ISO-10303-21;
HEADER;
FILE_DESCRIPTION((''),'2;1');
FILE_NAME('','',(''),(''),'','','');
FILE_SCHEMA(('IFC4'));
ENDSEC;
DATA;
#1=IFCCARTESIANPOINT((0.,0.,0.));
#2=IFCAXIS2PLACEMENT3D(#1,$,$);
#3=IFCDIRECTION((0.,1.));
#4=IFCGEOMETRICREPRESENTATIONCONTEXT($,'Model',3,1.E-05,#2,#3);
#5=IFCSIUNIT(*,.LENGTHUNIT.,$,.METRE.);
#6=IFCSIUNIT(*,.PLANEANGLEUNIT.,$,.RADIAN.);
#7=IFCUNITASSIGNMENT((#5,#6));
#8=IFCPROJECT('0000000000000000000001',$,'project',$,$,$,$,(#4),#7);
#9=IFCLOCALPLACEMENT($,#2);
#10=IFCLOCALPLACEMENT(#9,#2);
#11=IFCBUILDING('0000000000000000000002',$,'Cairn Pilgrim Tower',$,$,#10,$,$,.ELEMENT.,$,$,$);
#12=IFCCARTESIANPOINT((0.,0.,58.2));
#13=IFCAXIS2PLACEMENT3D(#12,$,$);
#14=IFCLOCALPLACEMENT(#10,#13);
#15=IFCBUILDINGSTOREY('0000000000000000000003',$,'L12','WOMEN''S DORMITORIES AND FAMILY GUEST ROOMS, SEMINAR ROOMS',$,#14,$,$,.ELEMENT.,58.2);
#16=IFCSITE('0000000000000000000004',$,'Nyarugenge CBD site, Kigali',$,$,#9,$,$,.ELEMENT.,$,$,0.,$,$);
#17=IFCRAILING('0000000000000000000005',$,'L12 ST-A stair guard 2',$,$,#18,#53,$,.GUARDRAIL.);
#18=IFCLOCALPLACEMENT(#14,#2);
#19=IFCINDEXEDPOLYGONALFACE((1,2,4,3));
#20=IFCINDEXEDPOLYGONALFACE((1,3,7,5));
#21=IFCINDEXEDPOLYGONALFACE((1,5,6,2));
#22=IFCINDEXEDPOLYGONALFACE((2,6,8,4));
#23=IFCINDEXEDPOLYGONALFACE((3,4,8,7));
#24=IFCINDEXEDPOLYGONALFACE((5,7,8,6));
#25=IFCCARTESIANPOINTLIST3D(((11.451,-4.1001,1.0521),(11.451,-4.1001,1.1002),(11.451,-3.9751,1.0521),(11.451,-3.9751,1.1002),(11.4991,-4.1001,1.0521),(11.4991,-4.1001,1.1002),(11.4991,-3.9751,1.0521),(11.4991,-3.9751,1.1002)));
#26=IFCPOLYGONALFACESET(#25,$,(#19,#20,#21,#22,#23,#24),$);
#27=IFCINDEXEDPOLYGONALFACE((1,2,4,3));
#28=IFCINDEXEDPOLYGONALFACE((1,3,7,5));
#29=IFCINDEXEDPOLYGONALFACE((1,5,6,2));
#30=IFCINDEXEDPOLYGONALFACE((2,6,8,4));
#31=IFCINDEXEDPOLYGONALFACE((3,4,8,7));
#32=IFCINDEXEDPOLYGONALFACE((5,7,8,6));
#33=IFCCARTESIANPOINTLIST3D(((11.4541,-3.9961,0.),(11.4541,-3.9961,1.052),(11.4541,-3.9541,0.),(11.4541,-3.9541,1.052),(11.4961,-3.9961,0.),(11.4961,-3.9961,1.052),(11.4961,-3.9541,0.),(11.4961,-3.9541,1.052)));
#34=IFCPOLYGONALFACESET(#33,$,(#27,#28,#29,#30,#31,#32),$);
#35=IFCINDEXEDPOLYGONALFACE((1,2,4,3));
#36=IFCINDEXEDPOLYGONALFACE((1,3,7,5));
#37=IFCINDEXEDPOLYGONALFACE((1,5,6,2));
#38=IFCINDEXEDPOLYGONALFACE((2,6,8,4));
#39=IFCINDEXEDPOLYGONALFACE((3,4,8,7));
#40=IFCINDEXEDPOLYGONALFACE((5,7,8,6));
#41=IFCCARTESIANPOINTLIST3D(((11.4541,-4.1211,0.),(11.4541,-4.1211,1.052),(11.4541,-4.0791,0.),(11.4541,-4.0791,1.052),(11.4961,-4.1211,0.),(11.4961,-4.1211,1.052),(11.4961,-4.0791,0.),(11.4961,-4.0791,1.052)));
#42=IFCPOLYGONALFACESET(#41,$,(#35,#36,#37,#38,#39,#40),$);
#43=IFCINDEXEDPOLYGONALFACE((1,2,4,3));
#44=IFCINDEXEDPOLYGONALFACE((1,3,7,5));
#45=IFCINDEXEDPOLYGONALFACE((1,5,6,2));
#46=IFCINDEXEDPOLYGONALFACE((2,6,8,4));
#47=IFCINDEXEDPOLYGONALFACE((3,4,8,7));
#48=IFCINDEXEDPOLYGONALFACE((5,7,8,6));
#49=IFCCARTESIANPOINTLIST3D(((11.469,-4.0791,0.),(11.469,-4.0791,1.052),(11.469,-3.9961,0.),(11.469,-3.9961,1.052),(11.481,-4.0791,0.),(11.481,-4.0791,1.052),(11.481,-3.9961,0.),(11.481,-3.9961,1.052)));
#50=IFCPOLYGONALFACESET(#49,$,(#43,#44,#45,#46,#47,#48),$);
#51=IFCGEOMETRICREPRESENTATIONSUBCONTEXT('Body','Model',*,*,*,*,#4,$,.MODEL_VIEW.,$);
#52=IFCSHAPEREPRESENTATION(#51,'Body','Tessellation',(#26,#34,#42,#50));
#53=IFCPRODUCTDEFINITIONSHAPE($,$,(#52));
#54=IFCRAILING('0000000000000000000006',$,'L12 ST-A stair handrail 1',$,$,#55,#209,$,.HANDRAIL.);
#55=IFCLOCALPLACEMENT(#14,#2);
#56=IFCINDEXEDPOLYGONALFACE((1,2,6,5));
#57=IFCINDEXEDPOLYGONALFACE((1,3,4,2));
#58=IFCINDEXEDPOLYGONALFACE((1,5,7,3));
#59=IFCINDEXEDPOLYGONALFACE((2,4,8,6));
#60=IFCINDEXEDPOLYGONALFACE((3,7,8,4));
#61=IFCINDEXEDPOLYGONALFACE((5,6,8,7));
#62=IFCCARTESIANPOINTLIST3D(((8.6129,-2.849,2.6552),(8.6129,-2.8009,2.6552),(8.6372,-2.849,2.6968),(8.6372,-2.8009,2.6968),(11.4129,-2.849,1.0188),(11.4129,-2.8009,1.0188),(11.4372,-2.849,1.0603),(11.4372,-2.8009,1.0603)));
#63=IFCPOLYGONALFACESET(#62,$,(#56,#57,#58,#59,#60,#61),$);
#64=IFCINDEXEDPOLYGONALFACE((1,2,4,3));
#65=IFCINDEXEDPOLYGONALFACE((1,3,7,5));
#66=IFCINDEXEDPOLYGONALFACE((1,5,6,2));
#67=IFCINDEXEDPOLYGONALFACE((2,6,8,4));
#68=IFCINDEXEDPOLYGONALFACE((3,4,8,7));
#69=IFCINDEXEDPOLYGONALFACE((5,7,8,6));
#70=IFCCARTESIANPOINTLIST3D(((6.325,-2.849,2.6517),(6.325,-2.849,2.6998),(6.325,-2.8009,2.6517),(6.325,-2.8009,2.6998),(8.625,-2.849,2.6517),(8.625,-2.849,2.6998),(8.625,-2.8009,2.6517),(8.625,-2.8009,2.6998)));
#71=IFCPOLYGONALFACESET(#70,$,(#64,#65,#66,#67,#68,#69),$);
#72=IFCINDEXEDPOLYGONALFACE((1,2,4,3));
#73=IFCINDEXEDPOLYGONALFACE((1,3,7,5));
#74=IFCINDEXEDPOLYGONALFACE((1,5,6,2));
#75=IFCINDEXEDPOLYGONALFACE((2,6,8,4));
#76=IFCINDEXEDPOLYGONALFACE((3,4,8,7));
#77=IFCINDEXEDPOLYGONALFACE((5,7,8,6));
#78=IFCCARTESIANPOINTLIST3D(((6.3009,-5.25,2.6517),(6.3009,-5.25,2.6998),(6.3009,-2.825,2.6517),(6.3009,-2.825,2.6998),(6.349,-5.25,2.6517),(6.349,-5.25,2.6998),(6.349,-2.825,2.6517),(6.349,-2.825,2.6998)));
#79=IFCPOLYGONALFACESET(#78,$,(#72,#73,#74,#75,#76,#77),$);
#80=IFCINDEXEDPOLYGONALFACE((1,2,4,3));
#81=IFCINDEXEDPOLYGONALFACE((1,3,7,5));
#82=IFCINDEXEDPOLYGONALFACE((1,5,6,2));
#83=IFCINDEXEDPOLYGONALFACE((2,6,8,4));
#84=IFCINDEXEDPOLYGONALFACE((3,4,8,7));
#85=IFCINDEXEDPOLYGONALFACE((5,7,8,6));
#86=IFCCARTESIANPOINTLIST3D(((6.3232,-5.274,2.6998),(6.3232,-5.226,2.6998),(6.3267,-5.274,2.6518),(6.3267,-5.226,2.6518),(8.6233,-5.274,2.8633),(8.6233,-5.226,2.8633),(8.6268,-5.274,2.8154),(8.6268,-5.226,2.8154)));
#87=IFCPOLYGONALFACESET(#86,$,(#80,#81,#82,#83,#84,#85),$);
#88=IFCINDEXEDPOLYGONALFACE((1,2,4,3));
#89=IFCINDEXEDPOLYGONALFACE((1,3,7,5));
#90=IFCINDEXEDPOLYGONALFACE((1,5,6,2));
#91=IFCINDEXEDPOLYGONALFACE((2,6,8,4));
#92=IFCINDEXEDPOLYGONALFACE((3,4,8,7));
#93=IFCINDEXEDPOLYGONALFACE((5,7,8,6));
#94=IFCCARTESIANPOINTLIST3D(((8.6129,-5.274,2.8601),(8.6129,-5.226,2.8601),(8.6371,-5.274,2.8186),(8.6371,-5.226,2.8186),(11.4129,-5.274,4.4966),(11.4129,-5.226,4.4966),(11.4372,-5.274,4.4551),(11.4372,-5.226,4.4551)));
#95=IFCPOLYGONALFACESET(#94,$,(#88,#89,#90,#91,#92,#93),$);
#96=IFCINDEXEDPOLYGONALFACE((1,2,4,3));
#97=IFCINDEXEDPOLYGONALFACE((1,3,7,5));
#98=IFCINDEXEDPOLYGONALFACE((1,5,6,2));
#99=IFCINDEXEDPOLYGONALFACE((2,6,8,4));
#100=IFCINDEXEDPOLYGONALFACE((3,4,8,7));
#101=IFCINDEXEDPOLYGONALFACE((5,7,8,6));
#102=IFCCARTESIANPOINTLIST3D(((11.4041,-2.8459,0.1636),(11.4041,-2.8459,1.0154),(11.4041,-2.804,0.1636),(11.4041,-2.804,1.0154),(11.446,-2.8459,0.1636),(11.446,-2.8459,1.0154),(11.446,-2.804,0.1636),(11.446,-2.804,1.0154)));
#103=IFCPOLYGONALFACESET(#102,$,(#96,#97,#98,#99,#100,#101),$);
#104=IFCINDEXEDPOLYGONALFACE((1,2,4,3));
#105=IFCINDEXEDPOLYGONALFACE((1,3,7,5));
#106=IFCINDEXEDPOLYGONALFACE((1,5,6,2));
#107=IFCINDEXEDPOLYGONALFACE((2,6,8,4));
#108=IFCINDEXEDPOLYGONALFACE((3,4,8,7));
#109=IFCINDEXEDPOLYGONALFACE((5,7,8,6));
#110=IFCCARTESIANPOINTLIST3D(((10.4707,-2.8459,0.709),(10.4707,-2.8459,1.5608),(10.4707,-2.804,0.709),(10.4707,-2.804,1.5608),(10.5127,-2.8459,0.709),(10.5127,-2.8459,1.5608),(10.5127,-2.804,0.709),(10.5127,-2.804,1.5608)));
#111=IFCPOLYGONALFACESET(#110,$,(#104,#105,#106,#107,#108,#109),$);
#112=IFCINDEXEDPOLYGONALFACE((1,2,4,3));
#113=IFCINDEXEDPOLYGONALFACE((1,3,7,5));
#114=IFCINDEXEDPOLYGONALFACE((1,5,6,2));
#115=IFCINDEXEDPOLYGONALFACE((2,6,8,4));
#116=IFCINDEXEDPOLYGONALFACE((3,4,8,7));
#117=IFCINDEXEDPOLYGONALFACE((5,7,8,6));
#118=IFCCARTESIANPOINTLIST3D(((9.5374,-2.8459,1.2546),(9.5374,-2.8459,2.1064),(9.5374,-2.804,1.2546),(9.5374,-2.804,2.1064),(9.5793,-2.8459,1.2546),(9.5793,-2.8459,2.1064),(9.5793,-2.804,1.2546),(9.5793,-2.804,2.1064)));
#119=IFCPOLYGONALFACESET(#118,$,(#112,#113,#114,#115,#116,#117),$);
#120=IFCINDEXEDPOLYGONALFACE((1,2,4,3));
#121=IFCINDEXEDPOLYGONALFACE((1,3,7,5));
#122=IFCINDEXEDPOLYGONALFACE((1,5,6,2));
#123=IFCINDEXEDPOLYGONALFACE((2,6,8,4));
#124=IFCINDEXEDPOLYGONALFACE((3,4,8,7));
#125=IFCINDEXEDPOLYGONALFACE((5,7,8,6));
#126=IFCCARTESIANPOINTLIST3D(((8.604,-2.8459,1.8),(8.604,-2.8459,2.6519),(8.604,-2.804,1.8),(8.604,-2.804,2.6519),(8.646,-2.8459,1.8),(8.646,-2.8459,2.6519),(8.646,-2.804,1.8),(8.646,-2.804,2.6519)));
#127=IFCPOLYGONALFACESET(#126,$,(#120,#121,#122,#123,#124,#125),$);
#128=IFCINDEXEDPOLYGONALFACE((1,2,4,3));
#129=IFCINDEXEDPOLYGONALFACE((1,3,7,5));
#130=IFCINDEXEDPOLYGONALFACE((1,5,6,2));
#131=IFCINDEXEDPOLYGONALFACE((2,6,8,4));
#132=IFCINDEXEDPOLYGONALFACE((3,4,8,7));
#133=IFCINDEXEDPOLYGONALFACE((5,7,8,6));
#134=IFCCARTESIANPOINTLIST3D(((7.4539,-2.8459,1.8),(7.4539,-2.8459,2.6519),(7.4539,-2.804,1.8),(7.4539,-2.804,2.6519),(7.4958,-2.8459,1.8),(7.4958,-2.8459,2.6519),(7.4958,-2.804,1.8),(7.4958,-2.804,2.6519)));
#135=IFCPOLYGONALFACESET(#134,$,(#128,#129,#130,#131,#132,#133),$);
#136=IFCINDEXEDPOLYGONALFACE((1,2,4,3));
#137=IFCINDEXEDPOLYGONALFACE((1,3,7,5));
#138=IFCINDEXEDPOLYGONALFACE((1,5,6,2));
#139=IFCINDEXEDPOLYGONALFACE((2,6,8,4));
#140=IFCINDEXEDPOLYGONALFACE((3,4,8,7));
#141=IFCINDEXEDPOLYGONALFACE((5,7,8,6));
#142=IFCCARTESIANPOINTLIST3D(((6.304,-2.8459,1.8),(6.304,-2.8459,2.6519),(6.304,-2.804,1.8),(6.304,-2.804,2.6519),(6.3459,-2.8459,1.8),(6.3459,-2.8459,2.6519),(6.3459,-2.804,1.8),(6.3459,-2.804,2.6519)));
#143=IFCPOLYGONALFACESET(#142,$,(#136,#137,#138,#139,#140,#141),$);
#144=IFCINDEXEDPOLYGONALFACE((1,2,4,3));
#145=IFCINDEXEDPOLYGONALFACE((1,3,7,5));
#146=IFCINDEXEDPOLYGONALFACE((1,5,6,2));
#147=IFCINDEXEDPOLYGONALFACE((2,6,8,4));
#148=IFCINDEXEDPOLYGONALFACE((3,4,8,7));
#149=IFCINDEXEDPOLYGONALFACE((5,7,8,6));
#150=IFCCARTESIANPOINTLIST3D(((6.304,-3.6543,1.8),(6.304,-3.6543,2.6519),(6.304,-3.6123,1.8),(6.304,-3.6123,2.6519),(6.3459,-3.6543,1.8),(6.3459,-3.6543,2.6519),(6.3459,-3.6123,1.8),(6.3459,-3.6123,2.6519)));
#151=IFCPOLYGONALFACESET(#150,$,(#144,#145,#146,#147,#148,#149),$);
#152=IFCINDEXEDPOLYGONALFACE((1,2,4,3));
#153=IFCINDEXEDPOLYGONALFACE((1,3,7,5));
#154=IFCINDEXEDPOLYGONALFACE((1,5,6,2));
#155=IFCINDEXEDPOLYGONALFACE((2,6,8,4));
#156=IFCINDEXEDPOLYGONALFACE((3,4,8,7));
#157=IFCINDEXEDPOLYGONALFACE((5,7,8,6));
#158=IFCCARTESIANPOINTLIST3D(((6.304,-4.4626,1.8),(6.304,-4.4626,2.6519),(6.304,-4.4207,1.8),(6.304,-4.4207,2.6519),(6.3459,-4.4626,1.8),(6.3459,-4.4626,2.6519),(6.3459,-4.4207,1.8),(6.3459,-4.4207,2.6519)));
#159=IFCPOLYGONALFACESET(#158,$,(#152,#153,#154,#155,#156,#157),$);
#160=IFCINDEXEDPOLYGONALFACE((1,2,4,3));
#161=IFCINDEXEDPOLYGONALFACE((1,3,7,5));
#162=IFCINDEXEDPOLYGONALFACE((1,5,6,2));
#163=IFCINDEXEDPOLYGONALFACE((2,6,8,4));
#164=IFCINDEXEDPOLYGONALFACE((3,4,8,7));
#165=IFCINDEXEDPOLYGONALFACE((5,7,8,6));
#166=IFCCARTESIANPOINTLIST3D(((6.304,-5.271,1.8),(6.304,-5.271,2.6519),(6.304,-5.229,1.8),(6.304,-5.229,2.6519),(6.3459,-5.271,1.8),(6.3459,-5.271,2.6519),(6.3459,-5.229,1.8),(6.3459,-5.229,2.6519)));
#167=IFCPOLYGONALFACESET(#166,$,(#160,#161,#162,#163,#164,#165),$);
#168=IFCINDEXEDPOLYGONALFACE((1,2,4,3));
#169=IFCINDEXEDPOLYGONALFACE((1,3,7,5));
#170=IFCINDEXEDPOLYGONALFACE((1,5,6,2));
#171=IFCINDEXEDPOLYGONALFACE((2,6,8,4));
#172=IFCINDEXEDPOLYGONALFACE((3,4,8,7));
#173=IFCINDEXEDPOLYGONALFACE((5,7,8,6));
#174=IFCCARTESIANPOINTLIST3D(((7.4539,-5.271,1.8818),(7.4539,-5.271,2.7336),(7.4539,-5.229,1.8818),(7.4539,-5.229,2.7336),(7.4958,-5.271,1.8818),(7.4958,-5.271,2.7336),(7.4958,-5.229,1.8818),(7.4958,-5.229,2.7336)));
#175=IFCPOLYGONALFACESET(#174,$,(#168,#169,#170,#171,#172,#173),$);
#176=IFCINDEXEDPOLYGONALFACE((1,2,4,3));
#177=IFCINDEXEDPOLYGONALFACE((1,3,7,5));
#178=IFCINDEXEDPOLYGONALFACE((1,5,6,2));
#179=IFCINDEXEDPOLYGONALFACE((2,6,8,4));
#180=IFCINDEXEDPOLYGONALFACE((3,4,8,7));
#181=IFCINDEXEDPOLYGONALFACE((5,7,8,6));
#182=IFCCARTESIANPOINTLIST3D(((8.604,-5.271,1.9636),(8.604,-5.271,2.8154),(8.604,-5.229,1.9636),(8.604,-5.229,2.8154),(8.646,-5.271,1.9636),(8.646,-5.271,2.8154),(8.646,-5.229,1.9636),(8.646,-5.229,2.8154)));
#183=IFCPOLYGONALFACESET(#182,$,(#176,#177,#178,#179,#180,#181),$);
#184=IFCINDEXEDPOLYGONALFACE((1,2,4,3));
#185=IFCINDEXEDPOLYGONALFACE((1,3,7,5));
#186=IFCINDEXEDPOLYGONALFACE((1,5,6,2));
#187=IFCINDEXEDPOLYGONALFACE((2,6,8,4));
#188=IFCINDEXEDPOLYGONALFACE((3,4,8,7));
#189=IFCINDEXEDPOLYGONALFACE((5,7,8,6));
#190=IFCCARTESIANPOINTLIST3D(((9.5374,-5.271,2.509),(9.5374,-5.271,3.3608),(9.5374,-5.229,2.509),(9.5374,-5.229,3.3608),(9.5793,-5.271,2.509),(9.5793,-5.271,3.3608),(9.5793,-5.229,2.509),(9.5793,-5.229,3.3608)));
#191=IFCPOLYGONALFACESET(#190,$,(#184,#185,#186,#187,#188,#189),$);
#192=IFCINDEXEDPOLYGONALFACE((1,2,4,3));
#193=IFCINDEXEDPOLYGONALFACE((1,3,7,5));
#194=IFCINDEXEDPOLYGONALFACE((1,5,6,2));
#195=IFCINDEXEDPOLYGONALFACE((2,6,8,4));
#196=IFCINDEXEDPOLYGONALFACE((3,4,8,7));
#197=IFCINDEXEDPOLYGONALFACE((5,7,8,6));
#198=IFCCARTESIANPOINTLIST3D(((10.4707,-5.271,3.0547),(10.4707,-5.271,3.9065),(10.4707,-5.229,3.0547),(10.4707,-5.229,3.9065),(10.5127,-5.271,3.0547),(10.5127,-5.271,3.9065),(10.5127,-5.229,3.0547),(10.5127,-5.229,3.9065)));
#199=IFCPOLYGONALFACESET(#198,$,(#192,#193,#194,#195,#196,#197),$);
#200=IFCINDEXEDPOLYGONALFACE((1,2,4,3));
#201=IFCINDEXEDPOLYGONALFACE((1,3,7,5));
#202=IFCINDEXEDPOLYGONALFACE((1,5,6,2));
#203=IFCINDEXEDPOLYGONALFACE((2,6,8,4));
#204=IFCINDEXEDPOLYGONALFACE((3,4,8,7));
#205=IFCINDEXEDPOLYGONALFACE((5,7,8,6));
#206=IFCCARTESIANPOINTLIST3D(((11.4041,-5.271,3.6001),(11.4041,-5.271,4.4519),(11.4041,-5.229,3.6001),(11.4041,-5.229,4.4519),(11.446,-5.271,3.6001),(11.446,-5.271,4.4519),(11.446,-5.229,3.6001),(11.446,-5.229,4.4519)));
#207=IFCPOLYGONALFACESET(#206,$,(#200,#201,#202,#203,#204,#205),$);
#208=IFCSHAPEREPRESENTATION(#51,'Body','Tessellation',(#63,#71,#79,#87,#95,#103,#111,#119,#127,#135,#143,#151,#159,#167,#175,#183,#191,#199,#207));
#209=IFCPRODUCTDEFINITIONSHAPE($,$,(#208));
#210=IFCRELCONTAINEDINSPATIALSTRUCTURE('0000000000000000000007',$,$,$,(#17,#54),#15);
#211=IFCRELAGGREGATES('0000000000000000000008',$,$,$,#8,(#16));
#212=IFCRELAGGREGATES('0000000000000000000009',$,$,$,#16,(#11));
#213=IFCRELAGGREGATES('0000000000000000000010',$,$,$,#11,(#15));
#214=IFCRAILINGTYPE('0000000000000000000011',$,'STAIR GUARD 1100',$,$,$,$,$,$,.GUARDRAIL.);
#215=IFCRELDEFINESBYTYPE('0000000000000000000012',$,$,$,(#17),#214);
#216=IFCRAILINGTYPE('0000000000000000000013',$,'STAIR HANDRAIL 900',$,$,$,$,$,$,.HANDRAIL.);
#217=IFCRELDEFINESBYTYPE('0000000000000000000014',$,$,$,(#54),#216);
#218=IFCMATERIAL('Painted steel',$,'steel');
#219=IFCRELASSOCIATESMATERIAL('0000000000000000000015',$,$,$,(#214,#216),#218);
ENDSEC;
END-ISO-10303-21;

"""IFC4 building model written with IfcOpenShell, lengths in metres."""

from ifc_helpers import new_model, si_unit, direction, frame, origin, origin_2d, place, context, subcontext, project, spatial, polyline, rectangle, outline, extrude, material, type_object, element, save


model = new_model("IFC4")

# Units and contexts
model_context = context("Model", 3, precision=1e-05, world=origin(), true_north=direction((0.0, 1.0)))
body_context = subcontext(model_context, "Body", "Model", "MODEL_VIEW")
ifc_project = project(units=[si_unit("LENGTHUNIT", "METRE"), si_unit("PLANEANGLEUNIT", "RADIAN")], contexts=[model_context])

# Site, building, storey
site_placement = place(None, origin())
site = spatial("IfcSite", under=ifc_project, at=site_placement, Name="Nyarugenge CBD site, Kigali", CompositionType="ELEMENT", RefElevation=0.0)
building_placement = place(site_placement, origin())
building = spatial("IfcBuilding", under=site, at=building_placement, Name="Cairn Pilgrim Tower", CompositionType="ELEMENT")
storey_placement = place(building_placement, frame((0.0, 0.0, 58.2)))
storey = spatial("IfcBuildingStorey", under=building, at=storey_placement, Name="L12", Description="WOMEN'S DORMITORIES AND FAMILY GUEST ROOMS, SEMINAR ROOMS", CompositionType="ELEMENT", Elevation=58.2)

# Shared definitions
ifc_material_1 = material(Name="Painted steel", Category="steel")

# Railings
railing_type_1 = type_object("IfcRailingType", Name="STAIR GUARD 1100", PredefinedType="GUARDRAIL", material=ifc_material_1)
railing_1_placement = place(storey_placement, frame((11.4751, -3.9751, 0.0)))
element("IfcRailing", 1, at=railing_1_placement, inside=storey, type_object=railing_type_1, Name="L12 ST-A stair guard 2", PredefinedType="GUARDRAIL", context=body_context, shape_type="SweptSolid", body=[
    extrude(rectangle(XDim=0.0481, YDim=0.0481, at=origin_2d()), frame((0.0, 0.0, 1.0762), z_axis=(0.0, -1.0, 0.0), x_axis=(1.0, 0.0, 0.0)), (0.0, 0.0, 1.0), 0.125),
    extrude(rectangle(XDim=0.042, YDim=0.042, at=origin_2d()), origin(), (0.0, 0.0, 1.0), 1.052),
    extrude(rectangle(XDim=0.042, YDim=0.042, at=origin_2d()), frame((0.0, -0.125, 0.0)), (0.0, 0.0, 1.0), 1.052),
    extrude(outline(polyline([(0.021, 0.0), (0.104, 0.0), (0.104, 1.052), (0.021, 1.052), (0.021, 0.0)])), frame((0.0059, 0.0, 0.0), z_axis=(-1.0, 0.0, 0.0), x_axis=(0.0, -1.0, 0.0)), (0.0, 0.0, 1.0), 0.012),
])
railing_type_2 = type_object("IfcRailingType", Name="STAIR HANDRAIL 900", PredefinedType="HANDRAIL", material=ifc_material_1)
railing_2_placement = place(storey_placement, frame((11.425, -2.825, 0.1636)))
element("IfcRailing", 2, at=railing_2_placement, inside=storey, type_object=railing_type_2, Name="L12 ST-A stair handrail 1", PredefinedType="HANDRAIL", context=body_context, shape_type="SweptSolid", body=[
    extrude(rectangle(XDim=0.0481, YDim=0.0481, at=origin_2d()), frame((0.0, 0.0, 0.876), z_axis=(-0.863361, 0.0, 0.504587), x_axis=(0.0, -1.0, 0.0)), (0.0, 0.0, 1.0), 3.2432),
    extrude(rectangle(XDim=0.0481, YDim=0.0481, at=origin_2d()), frame((-2.8, 0.0, 2.5122), z_axis=(-1.0, 0.0, 0.0), x_axis=(0.0, -1.0, 0.0)), (0.0, 0.0, 1.0), 2.3),
    extrude(rectangle(XDim=0.0481, YDim=0.0481, at=origin_2d()), frame((-5.1001, 0.0, 2.5122), z_axis=(0.0, -1.0, 0.0), x_axis=(1.0, 0.0, 0.0)), (0.0, 0.0, 1.0), 2.425),
    extrude(rectangle(XDim=0.0481, YDim=0.0481, at=origin_2d()), frame((-5.1001, -2.425, 2.5122), z_axis=(0.997481, 0.0, 0.070939), x_axis=(0.0, 1.0, 0.0)), (0.0, 0.0, 1.0), 2.3059),
    extrude(rectangle(XDim=0.0481, YDim=0.0481, at=origin_2d()), frame((-2.8, -2.425, 2.6758), z_axis=(0.863361, 0.0, 0.504587), x_axis=(0.0, 1.0, 0.0)), (0.0, 0.0, 1.0), 3.2432),
    extrude(rectangle(XDim=0.042, YDim=0.042, at=origin_2d()), origin(), (0.0, 0.0, 1.0), 0.8518),
    extrude(rectangle(XDim=0.042, YDim=0.042, at=origin_2d()), frame((-0.9333, 0.0, 0.5454)), (0.0, 0.0, 1.0), 0.8518),
    extrude(rectangle(XDim=0.042, YDim=0.042, at=origin_2d()), frame((-1.8667, 0.0, 1.0911)), (0.0, 0.0, 1.0), 0.8518),
    extrude(rectangle(XDim=0.042, YDim=0.042, at=origin_2d()), frame((-2.8, 0.0, 1.6365)), (0.0, 0.0, 1.0), 0.8518),
    extrude(rectangle(XDim=0.042, YDim=0.042, at=origin_2d()), frame((-3.9502, 0.0, 1.6365)), (0.0, 0.0, 1.0), 0.8518),
    extrude(rectangle(XDim=0.042, YDim=0.042, at=origin_2d()), frame((-5.1001, 0.0, 1.6365)), (0.0, 0.0, 1.0), 0.8518),
    extrude(rectangle(XDim=0.042, YDim=0.042, at=origin_2d()), frame((-5.1001, -0.8083, 1.6365)), (0.0, 0.0, 1.0), 0.8518),
    extrude(rectangle(XDim=0.042, YDim=0.042, at=origin_2d()), frame((-5.1001, -1.6167, 1.6365)), (0.0, 0.0, 1.0), 0.8518),
    extrude(rectangle(XDim=0.042, YDim=0.042, at=origin_2d()), frame((-5.1001, -2.425, 1.6365)), (0.0, 0.0, 1.0), 0.8518),
    extrude(rectangle(XDim=0.042, YDim=0.042, at=origin_2d()), frame((-3.9502, -2.425, 1.7183)), (0.0, 0.0, 1.0), 0.8518),
    extrude(rectangle(XDim=0.042, YDim=0.042, at=origin_2d()), frame((-2.8, -2.425, 1.8)), (0.0, 0.0, 1.0), 0.8518),
    extrude(rectangle(XDim=0.042, YDim=0.042, at=origin_2d()), frame((-1.8667, -2.425, 2.3455)), (0.0, 0.0, 1.0), 0.8518),
    extrude(rectangle(XDim=0.042, YDim=0.042, at=origin_2d()), frame((-0.9333, -2.425, 2.8911)), (0.0, 0.0, 1.0), 0.8518),
    extrude(rectangle(XDim=0.042, YDim=0.042, at=origin_2d()), frame((0.0, -2.425, 3.4365)), (0.0, 0.0, 1.0), 0.8518),
])

save(model, "model.ifc")
